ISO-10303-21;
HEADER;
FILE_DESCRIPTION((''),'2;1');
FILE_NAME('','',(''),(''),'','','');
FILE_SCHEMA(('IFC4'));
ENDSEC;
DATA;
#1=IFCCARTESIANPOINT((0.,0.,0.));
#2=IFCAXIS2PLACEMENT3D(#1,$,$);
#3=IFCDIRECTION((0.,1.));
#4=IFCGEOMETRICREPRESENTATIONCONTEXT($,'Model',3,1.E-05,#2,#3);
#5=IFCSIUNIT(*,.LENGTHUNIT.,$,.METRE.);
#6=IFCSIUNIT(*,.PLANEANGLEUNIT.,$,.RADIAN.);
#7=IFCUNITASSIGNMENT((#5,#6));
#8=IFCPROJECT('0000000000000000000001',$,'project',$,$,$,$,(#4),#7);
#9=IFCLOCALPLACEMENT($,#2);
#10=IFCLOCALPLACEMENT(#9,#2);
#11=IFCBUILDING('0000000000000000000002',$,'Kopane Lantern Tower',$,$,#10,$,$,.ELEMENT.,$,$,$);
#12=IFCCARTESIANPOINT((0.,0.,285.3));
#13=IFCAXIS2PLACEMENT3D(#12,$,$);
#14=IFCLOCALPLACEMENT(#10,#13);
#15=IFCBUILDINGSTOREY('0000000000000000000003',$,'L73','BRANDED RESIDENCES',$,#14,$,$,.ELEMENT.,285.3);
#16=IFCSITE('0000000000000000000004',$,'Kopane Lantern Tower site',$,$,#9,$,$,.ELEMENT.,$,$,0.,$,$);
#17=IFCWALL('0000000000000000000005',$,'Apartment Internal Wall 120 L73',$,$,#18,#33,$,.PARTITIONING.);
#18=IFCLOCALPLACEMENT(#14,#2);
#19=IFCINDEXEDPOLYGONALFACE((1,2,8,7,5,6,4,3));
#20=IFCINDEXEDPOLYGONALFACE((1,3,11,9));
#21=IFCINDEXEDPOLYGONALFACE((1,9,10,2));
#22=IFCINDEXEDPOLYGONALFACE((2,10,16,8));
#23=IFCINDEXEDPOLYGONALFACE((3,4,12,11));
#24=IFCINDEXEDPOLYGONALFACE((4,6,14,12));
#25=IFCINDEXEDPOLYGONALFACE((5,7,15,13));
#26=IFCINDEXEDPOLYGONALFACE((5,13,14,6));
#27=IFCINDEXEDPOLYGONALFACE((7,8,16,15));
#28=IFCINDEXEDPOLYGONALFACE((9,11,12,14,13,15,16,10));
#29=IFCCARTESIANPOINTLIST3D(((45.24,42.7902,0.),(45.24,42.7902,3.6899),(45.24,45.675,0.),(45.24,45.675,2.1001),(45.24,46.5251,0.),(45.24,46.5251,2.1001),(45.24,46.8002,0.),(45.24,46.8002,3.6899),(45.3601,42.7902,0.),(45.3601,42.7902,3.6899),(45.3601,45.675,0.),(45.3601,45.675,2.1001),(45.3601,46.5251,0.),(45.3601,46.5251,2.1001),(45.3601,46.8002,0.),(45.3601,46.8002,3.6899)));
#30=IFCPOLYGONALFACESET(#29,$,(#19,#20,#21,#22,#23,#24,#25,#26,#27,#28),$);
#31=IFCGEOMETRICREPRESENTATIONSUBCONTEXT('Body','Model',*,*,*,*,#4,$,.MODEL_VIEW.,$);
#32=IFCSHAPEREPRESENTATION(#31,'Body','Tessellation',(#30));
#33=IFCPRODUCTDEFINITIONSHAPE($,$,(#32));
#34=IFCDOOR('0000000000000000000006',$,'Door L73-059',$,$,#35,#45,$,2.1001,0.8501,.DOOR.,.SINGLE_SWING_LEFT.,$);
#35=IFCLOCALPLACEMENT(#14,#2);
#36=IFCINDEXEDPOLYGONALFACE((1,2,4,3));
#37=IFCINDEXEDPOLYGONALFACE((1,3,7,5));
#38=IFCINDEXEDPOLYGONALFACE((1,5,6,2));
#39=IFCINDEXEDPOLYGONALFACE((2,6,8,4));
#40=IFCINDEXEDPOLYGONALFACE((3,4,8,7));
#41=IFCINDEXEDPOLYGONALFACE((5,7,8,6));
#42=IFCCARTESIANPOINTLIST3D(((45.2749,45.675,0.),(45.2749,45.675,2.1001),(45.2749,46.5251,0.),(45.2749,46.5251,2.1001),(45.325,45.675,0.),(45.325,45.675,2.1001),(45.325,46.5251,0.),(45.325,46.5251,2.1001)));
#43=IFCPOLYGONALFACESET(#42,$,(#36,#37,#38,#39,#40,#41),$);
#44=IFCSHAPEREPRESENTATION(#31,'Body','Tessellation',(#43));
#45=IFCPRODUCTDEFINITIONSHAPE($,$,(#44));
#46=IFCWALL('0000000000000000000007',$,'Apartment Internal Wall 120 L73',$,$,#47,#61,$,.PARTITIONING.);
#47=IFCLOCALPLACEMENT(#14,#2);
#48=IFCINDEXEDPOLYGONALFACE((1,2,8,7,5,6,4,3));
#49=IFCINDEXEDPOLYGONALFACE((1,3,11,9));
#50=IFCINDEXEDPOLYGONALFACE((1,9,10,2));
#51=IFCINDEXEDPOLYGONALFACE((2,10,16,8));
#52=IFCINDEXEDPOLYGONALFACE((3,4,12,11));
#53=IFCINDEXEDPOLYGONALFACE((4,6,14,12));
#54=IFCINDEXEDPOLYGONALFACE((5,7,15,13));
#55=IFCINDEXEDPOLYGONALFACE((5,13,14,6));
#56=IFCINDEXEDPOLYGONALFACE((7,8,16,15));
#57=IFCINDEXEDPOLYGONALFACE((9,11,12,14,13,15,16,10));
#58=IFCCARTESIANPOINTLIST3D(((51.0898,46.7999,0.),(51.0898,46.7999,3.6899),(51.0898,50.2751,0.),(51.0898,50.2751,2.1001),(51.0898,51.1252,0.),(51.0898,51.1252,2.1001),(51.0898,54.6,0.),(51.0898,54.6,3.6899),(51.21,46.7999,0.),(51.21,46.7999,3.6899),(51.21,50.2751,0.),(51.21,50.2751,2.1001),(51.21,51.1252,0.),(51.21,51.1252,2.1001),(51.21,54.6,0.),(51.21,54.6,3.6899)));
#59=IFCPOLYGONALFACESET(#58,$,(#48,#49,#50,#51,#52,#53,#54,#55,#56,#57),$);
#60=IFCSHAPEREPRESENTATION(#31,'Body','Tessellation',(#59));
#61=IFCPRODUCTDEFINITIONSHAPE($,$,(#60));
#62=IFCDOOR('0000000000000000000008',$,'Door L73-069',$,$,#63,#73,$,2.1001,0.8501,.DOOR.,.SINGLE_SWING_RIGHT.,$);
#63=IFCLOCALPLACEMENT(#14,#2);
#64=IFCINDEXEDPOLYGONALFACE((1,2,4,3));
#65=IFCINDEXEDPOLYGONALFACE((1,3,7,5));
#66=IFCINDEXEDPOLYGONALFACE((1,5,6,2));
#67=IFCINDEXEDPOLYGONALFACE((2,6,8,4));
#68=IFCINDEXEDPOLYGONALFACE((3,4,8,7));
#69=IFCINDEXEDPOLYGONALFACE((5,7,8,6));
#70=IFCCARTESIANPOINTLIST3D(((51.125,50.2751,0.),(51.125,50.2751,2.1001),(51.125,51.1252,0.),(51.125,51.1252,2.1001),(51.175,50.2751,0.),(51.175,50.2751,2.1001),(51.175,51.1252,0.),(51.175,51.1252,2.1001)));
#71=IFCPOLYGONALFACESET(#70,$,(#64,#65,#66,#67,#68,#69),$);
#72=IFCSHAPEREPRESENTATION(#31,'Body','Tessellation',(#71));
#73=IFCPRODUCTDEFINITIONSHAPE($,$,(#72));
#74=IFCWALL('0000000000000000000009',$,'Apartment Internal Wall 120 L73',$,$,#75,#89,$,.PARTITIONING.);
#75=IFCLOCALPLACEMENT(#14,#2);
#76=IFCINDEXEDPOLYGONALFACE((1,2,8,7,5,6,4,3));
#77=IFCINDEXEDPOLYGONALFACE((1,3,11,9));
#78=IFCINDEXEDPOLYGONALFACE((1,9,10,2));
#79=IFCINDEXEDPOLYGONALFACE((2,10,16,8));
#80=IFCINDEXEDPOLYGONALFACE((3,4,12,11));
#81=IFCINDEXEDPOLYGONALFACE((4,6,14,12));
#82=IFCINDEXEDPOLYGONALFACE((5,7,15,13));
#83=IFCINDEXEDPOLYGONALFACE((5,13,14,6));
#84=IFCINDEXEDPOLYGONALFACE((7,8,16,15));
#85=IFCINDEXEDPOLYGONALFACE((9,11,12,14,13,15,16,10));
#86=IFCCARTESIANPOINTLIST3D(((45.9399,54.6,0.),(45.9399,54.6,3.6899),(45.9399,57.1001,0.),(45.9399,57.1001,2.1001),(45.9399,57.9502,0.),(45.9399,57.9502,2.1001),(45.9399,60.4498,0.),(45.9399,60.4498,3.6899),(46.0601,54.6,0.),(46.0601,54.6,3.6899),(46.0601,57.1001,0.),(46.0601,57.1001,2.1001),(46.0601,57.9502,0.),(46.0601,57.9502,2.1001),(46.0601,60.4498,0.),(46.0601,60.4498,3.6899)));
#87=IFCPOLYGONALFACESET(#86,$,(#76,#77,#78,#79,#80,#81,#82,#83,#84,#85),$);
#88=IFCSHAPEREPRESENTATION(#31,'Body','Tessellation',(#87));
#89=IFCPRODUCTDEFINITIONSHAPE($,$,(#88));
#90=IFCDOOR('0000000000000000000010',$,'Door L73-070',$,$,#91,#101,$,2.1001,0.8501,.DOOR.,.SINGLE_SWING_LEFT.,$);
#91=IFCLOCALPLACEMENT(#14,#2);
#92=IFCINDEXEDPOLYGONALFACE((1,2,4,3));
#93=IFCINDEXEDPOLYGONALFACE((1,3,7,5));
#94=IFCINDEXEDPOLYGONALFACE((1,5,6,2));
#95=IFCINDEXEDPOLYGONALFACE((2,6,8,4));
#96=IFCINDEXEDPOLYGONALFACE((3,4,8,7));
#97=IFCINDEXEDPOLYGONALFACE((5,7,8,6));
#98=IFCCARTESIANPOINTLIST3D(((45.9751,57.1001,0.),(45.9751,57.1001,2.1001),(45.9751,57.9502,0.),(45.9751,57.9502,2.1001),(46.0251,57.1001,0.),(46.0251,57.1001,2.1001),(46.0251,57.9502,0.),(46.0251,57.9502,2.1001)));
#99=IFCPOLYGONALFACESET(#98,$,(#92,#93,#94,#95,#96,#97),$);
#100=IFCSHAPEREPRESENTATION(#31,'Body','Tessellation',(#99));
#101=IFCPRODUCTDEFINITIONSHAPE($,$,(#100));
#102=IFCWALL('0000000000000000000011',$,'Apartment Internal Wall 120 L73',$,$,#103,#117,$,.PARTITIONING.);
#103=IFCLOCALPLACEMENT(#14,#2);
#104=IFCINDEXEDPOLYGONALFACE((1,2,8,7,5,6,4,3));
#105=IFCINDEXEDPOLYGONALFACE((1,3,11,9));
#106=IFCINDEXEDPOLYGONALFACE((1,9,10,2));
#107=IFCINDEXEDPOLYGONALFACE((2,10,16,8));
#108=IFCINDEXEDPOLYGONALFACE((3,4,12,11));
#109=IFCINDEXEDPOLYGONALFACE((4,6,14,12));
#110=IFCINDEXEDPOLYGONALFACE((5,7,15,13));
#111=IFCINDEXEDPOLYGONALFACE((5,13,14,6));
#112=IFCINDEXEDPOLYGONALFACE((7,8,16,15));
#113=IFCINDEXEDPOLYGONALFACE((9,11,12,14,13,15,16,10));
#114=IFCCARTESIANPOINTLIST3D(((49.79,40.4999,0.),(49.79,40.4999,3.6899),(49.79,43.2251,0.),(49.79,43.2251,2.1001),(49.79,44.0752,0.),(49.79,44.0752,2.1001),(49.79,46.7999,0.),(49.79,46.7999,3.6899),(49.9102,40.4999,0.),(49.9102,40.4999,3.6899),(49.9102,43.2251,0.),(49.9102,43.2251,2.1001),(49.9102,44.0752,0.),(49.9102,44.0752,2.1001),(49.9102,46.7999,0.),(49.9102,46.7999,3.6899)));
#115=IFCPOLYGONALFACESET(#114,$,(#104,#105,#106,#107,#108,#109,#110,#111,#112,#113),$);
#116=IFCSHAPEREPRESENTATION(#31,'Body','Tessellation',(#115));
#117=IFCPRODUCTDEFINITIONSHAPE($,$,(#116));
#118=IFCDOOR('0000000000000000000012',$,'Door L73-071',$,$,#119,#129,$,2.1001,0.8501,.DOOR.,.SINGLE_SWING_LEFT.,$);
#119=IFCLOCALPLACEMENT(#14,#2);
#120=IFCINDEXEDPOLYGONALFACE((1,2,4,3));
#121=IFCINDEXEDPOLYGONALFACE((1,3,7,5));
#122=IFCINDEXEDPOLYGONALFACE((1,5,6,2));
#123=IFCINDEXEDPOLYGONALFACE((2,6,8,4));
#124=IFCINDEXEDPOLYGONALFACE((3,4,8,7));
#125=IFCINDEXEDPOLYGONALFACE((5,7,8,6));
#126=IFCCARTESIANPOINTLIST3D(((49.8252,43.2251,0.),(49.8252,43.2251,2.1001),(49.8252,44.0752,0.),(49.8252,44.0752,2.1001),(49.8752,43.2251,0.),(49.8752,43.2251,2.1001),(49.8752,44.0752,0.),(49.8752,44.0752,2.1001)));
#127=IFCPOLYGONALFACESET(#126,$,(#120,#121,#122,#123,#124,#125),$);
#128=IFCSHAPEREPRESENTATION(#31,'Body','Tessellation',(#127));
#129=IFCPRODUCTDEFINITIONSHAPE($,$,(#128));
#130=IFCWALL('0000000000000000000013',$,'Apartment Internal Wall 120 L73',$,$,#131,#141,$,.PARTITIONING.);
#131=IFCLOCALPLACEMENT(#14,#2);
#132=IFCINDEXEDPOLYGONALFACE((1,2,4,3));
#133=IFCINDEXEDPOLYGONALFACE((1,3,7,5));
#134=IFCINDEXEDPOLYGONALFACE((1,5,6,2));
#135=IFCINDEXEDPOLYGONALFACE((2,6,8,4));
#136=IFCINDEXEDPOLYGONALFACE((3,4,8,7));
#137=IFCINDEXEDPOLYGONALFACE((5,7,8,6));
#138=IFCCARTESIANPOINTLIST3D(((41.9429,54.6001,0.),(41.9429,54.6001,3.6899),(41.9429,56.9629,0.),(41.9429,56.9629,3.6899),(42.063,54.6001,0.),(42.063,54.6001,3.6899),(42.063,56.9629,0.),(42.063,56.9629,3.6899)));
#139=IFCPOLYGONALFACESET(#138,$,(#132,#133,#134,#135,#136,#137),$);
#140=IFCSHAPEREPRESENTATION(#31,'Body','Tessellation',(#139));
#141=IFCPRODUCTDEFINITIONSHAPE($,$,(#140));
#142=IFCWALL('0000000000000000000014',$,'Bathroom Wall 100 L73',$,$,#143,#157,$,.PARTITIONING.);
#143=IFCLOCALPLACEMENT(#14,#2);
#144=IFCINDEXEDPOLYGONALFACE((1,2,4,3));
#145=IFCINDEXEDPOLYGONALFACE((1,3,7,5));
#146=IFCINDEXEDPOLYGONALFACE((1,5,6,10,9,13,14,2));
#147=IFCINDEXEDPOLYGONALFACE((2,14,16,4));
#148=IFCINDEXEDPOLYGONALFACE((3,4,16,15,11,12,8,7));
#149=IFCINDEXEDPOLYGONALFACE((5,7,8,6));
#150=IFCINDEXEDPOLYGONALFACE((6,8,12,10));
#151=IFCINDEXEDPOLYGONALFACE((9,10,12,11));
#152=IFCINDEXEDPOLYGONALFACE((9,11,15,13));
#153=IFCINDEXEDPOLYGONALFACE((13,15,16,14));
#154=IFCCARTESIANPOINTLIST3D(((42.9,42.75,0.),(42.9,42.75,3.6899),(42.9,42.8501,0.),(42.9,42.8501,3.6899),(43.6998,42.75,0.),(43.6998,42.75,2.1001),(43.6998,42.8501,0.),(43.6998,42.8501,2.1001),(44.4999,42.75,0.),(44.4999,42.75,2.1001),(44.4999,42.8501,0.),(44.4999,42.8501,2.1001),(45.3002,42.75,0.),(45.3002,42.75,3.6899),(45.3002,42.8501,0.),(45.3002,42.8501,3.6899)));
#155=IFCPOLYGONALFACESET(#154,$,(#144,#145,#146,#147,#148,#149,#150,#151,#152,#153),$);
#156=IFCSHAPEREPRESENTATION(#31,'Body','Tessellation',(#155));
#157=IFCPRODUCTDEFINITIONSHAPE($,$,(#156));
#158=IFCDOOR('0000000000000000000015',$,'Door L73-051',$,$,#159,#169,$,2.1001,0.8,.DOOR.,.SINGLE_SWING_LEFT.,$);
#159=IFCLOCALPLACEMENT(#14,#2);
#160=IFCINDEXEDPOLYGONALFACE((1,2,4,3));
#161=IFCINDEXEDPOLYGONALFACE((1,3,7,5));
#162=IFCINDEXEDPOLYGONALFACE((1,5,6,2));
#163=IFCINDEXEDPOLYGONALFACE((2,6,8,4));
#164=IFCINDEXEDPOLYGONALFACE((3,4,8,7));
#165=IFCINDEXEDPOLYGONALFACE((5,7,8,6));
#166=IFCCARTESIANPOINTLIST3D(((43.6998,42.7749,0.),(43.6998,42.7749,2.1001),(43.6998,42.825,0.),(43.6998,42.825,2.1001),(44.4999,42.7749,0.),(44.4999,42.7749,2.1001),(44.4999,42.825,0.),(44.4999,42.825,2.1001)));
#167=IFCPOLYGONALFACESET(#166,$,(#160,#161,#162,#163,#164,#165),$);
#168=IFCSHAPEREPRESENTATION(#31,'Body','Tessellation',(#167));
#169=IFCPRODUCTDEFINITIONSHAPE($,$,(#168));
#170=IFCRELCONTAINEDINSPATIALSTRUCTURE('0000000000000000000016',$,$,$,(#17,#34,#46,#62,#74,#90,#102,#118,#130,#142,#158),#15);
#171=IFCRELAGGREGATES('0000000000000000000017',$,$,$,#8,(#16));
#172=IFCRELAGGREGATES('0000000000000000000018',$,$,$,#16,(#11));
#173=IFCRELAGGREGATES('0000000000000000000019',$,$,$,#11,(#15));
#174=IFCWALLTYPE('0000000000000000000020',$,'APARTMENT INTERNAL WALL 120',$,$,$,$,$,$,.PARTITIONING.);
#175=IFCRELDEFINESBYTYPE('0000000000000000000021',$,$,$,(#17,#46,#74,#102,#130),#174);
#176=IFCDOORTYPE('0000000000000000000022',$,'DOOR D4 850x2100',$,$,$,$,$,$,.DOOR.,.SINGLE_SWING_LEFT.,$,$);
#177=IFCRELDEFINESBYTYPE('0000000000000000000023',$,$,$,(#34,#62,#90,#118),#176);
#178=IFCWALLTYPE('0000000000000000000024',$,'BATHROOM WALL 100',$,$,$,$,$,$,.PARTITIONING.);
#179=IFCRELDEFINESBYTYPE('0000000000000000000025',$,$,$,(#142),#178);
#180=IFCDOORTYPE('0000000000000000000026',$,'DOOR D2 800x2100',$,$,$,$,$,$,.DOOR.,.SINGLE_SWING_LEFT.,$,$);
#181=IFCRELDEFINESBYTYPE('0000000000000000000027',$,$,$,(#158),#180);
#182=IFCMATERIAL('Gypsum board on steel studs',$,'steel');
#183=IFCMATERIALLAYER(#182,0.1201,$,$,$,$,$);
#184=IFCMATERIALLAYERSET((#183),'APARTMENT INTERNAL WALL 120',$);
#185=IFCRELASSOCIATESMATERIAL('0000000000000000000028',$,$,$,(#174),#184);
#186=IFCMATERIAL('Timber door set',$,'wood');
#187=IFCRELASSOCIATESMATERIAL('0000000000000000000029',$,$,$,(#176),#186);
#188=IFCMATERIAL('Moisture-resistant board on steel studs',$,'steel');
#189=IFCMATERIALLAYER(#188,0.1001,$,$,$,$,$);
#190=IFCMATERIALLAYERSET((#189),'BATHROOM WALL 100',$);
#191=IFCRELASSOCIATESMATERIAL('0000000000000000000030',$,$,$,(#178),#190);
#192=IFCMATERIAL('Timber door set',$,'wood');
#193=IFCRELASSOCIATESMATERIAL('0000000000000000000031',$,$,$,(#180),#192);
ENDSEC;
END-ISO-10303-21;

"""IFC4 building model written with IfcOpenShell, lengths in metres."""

from ifc_helpers import new_model, si_unit, direction, frame, frame_2d, origin, place, context, subcontext, project, spatial, rectangle, extrude, material, layer, layer_set, type_object, element, fill, save


model = new_model("IFC4")

# Units and contexts
model_context = context("Model", 3, precision=1e-05, world=origin(), true_north=direction((0.0, 1.0)))
body_context = subcontext(model_context, "Body", "Model", "MODEL_VIEW")
ifc_project = project(units=[si_unit("LENGTHUNIT", "METRE"), si_unit("PLANEANGLEUNIT", "RADIAN")], contexts=[model_context])

# Site, building, storey
site_placement = place(None, origin())
site = spatial("IfcSite", under=ifc_project, at=site_placement, Name="Kopane Lantern Tower site", CompositionType="ELEMENT", RefElevation=0.0)
building_placement = place(site_placement, origin())
building = spatial("IfcBuilding", under=site, at=building_placement, Name="Kopane Lantern Tower", CompositionType="ELEMENT")
storey_placement = place(building_placement, frame((0.0, 0.0, 285.3)))
storey = spatial("IfcBuildingStorey", under=building, at=storey_placement, Name="L73", Description="BRANDED RESIDENCES", CompositionType="ELEMENT", Elevation=285.3)

# Shared definitions
ifc_material_1 = material(Name="Gypsum board on steel studs", Category="steel")
ifc_layer_1 = layer(ifc_material_1, 0.1201)
ifc_layer_set_1 = layer_set([ifc_layer_1], Name="APARTMENT INTERNAL WALL 120")
wall_type_1 = type_object("IfcWallType", Name="APARTMENT INTERNAL WALL 120", PredefinedType="PARTITIONING", material=ifc_layer_set_1)
ifc_material_2 = material(Name="Timber door set", Category="wood")
door_type_1 = type_object("IfcDoorType", Name="DOOR D4 850x2100", OperationType="SINGLE_SWING_LEFT", PredefinedType="DOOR", material=ifc_material_2)

# Walls, openings, doors
wall_1_placement = place(storey_placement, frame((45.3, 46.8, 0.0), z_axis=(0.0, 0.0, 1.0), x_axis=(0.0, -1.0, 0.0)))
wall_1 = element("IfcWall", 1, at=wall_1_placement, inside=storey, type_object=wall_type_1, Name="Apartment Internal Wall 120 L73", PredefinedType="PARTITIONING", context=body_context, shape_type="SweptSolid", body=[
    extrude(rectangle(XDim=4.01, YDim=0.1201, at=frame_2d((2.0049, 0.0))), origin(), (0.0, 0.0, 1.0), 3.6899),
])
opening_1_placement = place(wall_1_placement, frame((0.2749, 0.0, 0.0)))
opening_1 = element("IfcOpeningElement", 2, at=opening_1_placement, cuts=wall_1, PredefinedType="OPENING", context=body_context, shape_type="SweptSolid", body=[
    extrude(rectangle(XDim=0.8501, YDim=2.1001, at=frame_2d((0.425, 1.05))), frame((0.0, 0.0701, 0.0), z_axis=(0.0, -1.0, 0.0), x_axis=(1.0, 0.0, 0.0)), (0.0, 0.0, 1.0), 0.1401),
])
door_1_placement = place(opening_1_placement, origin())
door_1 = element("IfcDoor", 3, at=door_1_placement, inside=storey, type_object=door_type_1, Name="Door L73-059", OperationType="SINGLE_SWING_LEFT", OverallHeight=2.1001, OverallWidth=0.8501, PredefinedType="DOOR", context=body_context, shape_type="SweptSolid", body=[
    extrude(rectangle(XDim=0.8501, YDim=2.1001, at=frame_2d((0.425, 1.05))), frame((0.0, 0.0249, 0.0), z_axis=(0.0, -1.0, 0.0), x_axis=(1.0, 0.0, 0.0)), (0.0, 0.0, 1.0), 0.05),
])
fill(opening_1, door_1)
wall_2_placement = place(storey_placement, frame((51.1499, 46.8, 0.0), z_axis=(0.0, 0.0, 1.0), x_axis=(0.0, 1.0, 0.0)))
wall_2 = element("IfcWall", 4, at=wall_2_placement, inside=storey, type_object=wall_type_1, Name="Apartment Internal Wall 120 L73", PredefinedType="PARTITIONING", context=body_context, shape_type="SweptSolid", body=[
    extrude(rectangle(XDim=7.8, YDim=0.1201, at=frame_2d((3.8999, 0.0))), origin(), (0.0, 0.0, 1.0), 3.6899),
])
opening_2_placement = place(wall_2_placement, frame((3.4751, 0.0, 0.0)))
opening_2 = element("IfcOpeningElement", 5, at=opening_2_placement, cuts=wall_2, PredefinedType="OPENING", context=body_context, shape_type="SweptSolid", body=[
    extrude(rectangle(XDim=0.8501, YDim=2.1001, at=frame_2d((0.425, 1.05))), frame((0.0, 0.0701, 0.0), z_axis=(0.0, -1.0, 0.0), x_axis=(1.0, 0.0, 0.0)), (0.0, 0.0, 1.0), 0.1401),
])
door_2_placement = place(opening_2_placement, origin())
door_2 = element("IfcDoor", 6, at=door_2_placement, inside=storey, type_object=door_type_1, Name="Door L73-069", OperationType="SINGLE_SWING_RIGHT", OverallHeight=2.1001, OverallWidth=0.8501, PredefinedType="DOOR", context=body_context, shape_type="SweptSolid", body=[
    extrude(rectangle(XDim=0.8501, YDim=2.1001, at=frame_2d((0.425, 1.05))), frame((0.0, 0.0249, 0.0), z_axis=(0.0, -1.0, 0.0), x_axis=(1.0, 0.0, 0.0)), (0.0, 0.0, 1.0), 0.05),
])
fill(opening_2, door_2)
wall_3_placement = place(storey_placement, frame((46.0, 54.6001, 0.0), z_axis=(0.0, 0.0, 1.0), x_axis=(0.0, 1.0, 0.0)))
wall_3 = element("IfcWall", 7, at=wall_3_placement, inside=storey, type_object=wall_type_1, Name="Apartment Internal Wall 120 L73", PredefinedType="PARTITIONING", context=body_context, shape_type="SweptSolid", body=[
    extrude(rectangle(XDim=5.8499, YDim=0.1201, at=frame_2d((2.9248, 0.0))), origin(), (0.0, 0.0, 1.0), 3.6899),
])
opening_3_placement = place(wall_3_placement, frame((2.5, 0.0, 0.0)))
opening_3 = element("IfcOpeningElement", 8, at=opening_3_placement, cuts=wall_3, PredefinedType="OPENING", context=body_context, shape_type="SweptSolid", body=[
    extrude(rectangle(XDim=0.8501, YDim=2.1001, at=frame_2d((0.425, 1.05))), frame((0.0, 0.0701, 0.0), z_axis=(0.0, -1.0, 0.0), x_axis=(1.0, 0.0, 0.0)), (0.0, 0.0, 1.0), 0.1401),
])
door_3_placement = place(opening_3_placement, origin())
door_3 = element("IfcDoor", 9, at=door_3_placement, inside=storey, type_object=door_type_1, Name="Door L73-070", OperationType="SINGLE_SWING_LEFT", OverallHeight=2.1001, OverallWidth=0.8501, PredefinedType="DOOR", context=body_context, shape_type="SweptSolid", body=[
    extrude(rectangle(XDim=0.8501, YDim=2.1001, at=frame_2d((0.425, 1.05))), frame((0.0, 0.0249, 0.0), z_axis=(0.0, -1.0, 0.0), x_axis=(1.0, 0.0, 0.0)), (0.0, 0.0, 1.0), 0.05),
])
fill(opening_3, door_3)
wall_4_placement = place(storey_placement, frame((49.8501, 40.5, 0.0), z_axis=(0.0, 0.0, 1.0), x_axis=(0.0, 1.0, 0.0)))
wall_4 = element("IfcWall", 10, at=wall_4_placement, inside=storey, type_object=wall_type_1, Name="Apartment Internal Wall 120 L73", PredefinedType="PARTITIONING", context=body_context, shape_type="SweptSolid", body=[
    extrude(rectangle(XDim=6.3, YDim=0.1201, at=frame_2d((3.1499, 0.0))), origin(), (0.0, 0.0, 1.0), 3.6899),
])
opening_4_placement = place(wall_4_placement, frame((2.7251, 0.0, 0.0)))
opening_4 = element("IfcOpeningElement", 11, at=opening_4_placement, cuts=wall_4, PredefinedType="OPENING", context=body_context, shape_type="SweptSolid", body=[
    extrude(rectangle(XDim=0.8501, YDim=2.1001, at=frame_2d((0.425, 1.05))), frame((0.0, 0.0701, 0.0), z_axis=(0.0, -1.0, 0.0), x_axis=(1.0, 0.0, 0.0)), (0.0, 0.0, 1.0), 0.1401),
])
door_4_placement = place(opening_4_placement, origin())
door_4 = element("IfcDoor", 12, at=door_4_placement, inside=storey, type_object=door_type_1, Name="Door L73-071", OperationType="SINGLE_SWING_LEFT", OverallHeight=2.1001, OverallWidth=0.8501, PredefinedType="DOOR", context=body_context, shape_type="SweptSolid", body=[
    extrude(rectangle(XDim=0.8501, YDim=2.1001, at=frame_2d((0.425, 1.05))), frame((0.0, 0.0249, 0.0), z_axis=(0.0, -1.0, 0.0), x_axis=(1.0, 0.0, 0.0)), (0.0, 0.0, 1.0), 0.05),
])
fill(opening_4, door_4)

# Wall
wall_5_placement = place(storey_placement, frame((42.0029, 54.6001, 0.0), z_axis=(0.0, 0.0, 1.0), x_axis=(0.0, 1.0, 0.0)))
element("IfcWall", 13, at=wall_5_placement, inside=storey, type_object=wall_type_1, Name="Apartment Internal Wall 120 L73", PredefinedType="PARTITIONING", context=body_context, shape_type="SweptSolid", body=[
    extrude(rectangle(XDim=2.3628, YDim=0.1201, at=frame_2d((1.1814, 0.0))), origin(), (0.0, 0.0, 1.0), 3.6899),
])

# Wall, opening, door
ifc_material_3 = material(Name="Moisture-resistant board on steel studs", Category="steel")
ifc_layer_2 = layer(ifc_material_3, 0.1001)
ifc_layer_set_2 = layer_set([ifc_layer_2], Name="BATHROOM WALL 100")
wall_type_2 = type_object("IfcWallType", Name="BATHROOM WALL 100", PredefinedType="PARTITIONING", material=ifc_layer_set_2)
wall_6_placement = place(storey_placement, frame((42.8999, 42.8, 0.0), z_axis=(0.0, 0.0, 1.0), x_axis=(1.0, 0.0, 0.0)))
wall_6 = element("IfcWall", 14, at=wall_6_placement, inside=storey, type_object=wall_type_2, Name="Bathroom Wall 100 L73", PredefinedType="PARTITIONING", context=body_context, shape_type="SweptSolid", body=[
    extrude(rectangle(XDim=2.4001, YDim=0.1001, at=frame_2d((1.2002, 0.0))), origin(), (0.0, 0.0, 1.0), 3.6899),
])
opening_5_placement = place(wall_6_placement, frame((0.8, 0.0, 0.0)))
opening_5 = element("IfcOpeningElement", 15, at=opening_5_placement, cuts=wall_6, PredefinedType="OPENING", context=body_context, shape_type="SweptSolid", body=[
    extrude(rectangle(XDim=0.8, YDim=2.1001, at=frame_2d((0.3999, 1.05))), frame((0.0, 0.0601, 0.0), z_axis=(0.0, -1.0, 0.0), x_axis=(1.0, 0.0, 0.0)), (0.0, 0.0, 1.0), 0.1201),
])
ifc_material_4 = material(Name="Timber door set", Category="wood")
door_type_2 = type_object("IfcDoorType", Name="DOOR D2 800x2100", OperationType="SINGLE_SWING_LEFT", PredefinedType="DOOR", material=ifc_material_4)
door_5_placement = place(opening_5_placement, origin())
door_5 = element("IfcDoor", 16, at=door_5_placement, inside=storey, type_object=door_type_2, Name="Door L73-051", OperationType="SINGLE_SWING_LEFT", OverallHeight=2.1001, OverallWidth=0.8, PredefinedType="DOOR", context=body_context, shape_type="SweptSolid", body=[
    extrude(rectangle(XDim=0.8, YDim=2.1001, at=frame_2d((0.3999, 1.05))), frame((0.0, 0.0249, 0.0), z_axis=(0.0, -1.0, 0.0), x_axis=(1.0, 0.0, 0.0)), (0.0, 0.0, 1.0), 0.05),
])
fill(opening_5, door_5)

save(model, "model.ifc")
